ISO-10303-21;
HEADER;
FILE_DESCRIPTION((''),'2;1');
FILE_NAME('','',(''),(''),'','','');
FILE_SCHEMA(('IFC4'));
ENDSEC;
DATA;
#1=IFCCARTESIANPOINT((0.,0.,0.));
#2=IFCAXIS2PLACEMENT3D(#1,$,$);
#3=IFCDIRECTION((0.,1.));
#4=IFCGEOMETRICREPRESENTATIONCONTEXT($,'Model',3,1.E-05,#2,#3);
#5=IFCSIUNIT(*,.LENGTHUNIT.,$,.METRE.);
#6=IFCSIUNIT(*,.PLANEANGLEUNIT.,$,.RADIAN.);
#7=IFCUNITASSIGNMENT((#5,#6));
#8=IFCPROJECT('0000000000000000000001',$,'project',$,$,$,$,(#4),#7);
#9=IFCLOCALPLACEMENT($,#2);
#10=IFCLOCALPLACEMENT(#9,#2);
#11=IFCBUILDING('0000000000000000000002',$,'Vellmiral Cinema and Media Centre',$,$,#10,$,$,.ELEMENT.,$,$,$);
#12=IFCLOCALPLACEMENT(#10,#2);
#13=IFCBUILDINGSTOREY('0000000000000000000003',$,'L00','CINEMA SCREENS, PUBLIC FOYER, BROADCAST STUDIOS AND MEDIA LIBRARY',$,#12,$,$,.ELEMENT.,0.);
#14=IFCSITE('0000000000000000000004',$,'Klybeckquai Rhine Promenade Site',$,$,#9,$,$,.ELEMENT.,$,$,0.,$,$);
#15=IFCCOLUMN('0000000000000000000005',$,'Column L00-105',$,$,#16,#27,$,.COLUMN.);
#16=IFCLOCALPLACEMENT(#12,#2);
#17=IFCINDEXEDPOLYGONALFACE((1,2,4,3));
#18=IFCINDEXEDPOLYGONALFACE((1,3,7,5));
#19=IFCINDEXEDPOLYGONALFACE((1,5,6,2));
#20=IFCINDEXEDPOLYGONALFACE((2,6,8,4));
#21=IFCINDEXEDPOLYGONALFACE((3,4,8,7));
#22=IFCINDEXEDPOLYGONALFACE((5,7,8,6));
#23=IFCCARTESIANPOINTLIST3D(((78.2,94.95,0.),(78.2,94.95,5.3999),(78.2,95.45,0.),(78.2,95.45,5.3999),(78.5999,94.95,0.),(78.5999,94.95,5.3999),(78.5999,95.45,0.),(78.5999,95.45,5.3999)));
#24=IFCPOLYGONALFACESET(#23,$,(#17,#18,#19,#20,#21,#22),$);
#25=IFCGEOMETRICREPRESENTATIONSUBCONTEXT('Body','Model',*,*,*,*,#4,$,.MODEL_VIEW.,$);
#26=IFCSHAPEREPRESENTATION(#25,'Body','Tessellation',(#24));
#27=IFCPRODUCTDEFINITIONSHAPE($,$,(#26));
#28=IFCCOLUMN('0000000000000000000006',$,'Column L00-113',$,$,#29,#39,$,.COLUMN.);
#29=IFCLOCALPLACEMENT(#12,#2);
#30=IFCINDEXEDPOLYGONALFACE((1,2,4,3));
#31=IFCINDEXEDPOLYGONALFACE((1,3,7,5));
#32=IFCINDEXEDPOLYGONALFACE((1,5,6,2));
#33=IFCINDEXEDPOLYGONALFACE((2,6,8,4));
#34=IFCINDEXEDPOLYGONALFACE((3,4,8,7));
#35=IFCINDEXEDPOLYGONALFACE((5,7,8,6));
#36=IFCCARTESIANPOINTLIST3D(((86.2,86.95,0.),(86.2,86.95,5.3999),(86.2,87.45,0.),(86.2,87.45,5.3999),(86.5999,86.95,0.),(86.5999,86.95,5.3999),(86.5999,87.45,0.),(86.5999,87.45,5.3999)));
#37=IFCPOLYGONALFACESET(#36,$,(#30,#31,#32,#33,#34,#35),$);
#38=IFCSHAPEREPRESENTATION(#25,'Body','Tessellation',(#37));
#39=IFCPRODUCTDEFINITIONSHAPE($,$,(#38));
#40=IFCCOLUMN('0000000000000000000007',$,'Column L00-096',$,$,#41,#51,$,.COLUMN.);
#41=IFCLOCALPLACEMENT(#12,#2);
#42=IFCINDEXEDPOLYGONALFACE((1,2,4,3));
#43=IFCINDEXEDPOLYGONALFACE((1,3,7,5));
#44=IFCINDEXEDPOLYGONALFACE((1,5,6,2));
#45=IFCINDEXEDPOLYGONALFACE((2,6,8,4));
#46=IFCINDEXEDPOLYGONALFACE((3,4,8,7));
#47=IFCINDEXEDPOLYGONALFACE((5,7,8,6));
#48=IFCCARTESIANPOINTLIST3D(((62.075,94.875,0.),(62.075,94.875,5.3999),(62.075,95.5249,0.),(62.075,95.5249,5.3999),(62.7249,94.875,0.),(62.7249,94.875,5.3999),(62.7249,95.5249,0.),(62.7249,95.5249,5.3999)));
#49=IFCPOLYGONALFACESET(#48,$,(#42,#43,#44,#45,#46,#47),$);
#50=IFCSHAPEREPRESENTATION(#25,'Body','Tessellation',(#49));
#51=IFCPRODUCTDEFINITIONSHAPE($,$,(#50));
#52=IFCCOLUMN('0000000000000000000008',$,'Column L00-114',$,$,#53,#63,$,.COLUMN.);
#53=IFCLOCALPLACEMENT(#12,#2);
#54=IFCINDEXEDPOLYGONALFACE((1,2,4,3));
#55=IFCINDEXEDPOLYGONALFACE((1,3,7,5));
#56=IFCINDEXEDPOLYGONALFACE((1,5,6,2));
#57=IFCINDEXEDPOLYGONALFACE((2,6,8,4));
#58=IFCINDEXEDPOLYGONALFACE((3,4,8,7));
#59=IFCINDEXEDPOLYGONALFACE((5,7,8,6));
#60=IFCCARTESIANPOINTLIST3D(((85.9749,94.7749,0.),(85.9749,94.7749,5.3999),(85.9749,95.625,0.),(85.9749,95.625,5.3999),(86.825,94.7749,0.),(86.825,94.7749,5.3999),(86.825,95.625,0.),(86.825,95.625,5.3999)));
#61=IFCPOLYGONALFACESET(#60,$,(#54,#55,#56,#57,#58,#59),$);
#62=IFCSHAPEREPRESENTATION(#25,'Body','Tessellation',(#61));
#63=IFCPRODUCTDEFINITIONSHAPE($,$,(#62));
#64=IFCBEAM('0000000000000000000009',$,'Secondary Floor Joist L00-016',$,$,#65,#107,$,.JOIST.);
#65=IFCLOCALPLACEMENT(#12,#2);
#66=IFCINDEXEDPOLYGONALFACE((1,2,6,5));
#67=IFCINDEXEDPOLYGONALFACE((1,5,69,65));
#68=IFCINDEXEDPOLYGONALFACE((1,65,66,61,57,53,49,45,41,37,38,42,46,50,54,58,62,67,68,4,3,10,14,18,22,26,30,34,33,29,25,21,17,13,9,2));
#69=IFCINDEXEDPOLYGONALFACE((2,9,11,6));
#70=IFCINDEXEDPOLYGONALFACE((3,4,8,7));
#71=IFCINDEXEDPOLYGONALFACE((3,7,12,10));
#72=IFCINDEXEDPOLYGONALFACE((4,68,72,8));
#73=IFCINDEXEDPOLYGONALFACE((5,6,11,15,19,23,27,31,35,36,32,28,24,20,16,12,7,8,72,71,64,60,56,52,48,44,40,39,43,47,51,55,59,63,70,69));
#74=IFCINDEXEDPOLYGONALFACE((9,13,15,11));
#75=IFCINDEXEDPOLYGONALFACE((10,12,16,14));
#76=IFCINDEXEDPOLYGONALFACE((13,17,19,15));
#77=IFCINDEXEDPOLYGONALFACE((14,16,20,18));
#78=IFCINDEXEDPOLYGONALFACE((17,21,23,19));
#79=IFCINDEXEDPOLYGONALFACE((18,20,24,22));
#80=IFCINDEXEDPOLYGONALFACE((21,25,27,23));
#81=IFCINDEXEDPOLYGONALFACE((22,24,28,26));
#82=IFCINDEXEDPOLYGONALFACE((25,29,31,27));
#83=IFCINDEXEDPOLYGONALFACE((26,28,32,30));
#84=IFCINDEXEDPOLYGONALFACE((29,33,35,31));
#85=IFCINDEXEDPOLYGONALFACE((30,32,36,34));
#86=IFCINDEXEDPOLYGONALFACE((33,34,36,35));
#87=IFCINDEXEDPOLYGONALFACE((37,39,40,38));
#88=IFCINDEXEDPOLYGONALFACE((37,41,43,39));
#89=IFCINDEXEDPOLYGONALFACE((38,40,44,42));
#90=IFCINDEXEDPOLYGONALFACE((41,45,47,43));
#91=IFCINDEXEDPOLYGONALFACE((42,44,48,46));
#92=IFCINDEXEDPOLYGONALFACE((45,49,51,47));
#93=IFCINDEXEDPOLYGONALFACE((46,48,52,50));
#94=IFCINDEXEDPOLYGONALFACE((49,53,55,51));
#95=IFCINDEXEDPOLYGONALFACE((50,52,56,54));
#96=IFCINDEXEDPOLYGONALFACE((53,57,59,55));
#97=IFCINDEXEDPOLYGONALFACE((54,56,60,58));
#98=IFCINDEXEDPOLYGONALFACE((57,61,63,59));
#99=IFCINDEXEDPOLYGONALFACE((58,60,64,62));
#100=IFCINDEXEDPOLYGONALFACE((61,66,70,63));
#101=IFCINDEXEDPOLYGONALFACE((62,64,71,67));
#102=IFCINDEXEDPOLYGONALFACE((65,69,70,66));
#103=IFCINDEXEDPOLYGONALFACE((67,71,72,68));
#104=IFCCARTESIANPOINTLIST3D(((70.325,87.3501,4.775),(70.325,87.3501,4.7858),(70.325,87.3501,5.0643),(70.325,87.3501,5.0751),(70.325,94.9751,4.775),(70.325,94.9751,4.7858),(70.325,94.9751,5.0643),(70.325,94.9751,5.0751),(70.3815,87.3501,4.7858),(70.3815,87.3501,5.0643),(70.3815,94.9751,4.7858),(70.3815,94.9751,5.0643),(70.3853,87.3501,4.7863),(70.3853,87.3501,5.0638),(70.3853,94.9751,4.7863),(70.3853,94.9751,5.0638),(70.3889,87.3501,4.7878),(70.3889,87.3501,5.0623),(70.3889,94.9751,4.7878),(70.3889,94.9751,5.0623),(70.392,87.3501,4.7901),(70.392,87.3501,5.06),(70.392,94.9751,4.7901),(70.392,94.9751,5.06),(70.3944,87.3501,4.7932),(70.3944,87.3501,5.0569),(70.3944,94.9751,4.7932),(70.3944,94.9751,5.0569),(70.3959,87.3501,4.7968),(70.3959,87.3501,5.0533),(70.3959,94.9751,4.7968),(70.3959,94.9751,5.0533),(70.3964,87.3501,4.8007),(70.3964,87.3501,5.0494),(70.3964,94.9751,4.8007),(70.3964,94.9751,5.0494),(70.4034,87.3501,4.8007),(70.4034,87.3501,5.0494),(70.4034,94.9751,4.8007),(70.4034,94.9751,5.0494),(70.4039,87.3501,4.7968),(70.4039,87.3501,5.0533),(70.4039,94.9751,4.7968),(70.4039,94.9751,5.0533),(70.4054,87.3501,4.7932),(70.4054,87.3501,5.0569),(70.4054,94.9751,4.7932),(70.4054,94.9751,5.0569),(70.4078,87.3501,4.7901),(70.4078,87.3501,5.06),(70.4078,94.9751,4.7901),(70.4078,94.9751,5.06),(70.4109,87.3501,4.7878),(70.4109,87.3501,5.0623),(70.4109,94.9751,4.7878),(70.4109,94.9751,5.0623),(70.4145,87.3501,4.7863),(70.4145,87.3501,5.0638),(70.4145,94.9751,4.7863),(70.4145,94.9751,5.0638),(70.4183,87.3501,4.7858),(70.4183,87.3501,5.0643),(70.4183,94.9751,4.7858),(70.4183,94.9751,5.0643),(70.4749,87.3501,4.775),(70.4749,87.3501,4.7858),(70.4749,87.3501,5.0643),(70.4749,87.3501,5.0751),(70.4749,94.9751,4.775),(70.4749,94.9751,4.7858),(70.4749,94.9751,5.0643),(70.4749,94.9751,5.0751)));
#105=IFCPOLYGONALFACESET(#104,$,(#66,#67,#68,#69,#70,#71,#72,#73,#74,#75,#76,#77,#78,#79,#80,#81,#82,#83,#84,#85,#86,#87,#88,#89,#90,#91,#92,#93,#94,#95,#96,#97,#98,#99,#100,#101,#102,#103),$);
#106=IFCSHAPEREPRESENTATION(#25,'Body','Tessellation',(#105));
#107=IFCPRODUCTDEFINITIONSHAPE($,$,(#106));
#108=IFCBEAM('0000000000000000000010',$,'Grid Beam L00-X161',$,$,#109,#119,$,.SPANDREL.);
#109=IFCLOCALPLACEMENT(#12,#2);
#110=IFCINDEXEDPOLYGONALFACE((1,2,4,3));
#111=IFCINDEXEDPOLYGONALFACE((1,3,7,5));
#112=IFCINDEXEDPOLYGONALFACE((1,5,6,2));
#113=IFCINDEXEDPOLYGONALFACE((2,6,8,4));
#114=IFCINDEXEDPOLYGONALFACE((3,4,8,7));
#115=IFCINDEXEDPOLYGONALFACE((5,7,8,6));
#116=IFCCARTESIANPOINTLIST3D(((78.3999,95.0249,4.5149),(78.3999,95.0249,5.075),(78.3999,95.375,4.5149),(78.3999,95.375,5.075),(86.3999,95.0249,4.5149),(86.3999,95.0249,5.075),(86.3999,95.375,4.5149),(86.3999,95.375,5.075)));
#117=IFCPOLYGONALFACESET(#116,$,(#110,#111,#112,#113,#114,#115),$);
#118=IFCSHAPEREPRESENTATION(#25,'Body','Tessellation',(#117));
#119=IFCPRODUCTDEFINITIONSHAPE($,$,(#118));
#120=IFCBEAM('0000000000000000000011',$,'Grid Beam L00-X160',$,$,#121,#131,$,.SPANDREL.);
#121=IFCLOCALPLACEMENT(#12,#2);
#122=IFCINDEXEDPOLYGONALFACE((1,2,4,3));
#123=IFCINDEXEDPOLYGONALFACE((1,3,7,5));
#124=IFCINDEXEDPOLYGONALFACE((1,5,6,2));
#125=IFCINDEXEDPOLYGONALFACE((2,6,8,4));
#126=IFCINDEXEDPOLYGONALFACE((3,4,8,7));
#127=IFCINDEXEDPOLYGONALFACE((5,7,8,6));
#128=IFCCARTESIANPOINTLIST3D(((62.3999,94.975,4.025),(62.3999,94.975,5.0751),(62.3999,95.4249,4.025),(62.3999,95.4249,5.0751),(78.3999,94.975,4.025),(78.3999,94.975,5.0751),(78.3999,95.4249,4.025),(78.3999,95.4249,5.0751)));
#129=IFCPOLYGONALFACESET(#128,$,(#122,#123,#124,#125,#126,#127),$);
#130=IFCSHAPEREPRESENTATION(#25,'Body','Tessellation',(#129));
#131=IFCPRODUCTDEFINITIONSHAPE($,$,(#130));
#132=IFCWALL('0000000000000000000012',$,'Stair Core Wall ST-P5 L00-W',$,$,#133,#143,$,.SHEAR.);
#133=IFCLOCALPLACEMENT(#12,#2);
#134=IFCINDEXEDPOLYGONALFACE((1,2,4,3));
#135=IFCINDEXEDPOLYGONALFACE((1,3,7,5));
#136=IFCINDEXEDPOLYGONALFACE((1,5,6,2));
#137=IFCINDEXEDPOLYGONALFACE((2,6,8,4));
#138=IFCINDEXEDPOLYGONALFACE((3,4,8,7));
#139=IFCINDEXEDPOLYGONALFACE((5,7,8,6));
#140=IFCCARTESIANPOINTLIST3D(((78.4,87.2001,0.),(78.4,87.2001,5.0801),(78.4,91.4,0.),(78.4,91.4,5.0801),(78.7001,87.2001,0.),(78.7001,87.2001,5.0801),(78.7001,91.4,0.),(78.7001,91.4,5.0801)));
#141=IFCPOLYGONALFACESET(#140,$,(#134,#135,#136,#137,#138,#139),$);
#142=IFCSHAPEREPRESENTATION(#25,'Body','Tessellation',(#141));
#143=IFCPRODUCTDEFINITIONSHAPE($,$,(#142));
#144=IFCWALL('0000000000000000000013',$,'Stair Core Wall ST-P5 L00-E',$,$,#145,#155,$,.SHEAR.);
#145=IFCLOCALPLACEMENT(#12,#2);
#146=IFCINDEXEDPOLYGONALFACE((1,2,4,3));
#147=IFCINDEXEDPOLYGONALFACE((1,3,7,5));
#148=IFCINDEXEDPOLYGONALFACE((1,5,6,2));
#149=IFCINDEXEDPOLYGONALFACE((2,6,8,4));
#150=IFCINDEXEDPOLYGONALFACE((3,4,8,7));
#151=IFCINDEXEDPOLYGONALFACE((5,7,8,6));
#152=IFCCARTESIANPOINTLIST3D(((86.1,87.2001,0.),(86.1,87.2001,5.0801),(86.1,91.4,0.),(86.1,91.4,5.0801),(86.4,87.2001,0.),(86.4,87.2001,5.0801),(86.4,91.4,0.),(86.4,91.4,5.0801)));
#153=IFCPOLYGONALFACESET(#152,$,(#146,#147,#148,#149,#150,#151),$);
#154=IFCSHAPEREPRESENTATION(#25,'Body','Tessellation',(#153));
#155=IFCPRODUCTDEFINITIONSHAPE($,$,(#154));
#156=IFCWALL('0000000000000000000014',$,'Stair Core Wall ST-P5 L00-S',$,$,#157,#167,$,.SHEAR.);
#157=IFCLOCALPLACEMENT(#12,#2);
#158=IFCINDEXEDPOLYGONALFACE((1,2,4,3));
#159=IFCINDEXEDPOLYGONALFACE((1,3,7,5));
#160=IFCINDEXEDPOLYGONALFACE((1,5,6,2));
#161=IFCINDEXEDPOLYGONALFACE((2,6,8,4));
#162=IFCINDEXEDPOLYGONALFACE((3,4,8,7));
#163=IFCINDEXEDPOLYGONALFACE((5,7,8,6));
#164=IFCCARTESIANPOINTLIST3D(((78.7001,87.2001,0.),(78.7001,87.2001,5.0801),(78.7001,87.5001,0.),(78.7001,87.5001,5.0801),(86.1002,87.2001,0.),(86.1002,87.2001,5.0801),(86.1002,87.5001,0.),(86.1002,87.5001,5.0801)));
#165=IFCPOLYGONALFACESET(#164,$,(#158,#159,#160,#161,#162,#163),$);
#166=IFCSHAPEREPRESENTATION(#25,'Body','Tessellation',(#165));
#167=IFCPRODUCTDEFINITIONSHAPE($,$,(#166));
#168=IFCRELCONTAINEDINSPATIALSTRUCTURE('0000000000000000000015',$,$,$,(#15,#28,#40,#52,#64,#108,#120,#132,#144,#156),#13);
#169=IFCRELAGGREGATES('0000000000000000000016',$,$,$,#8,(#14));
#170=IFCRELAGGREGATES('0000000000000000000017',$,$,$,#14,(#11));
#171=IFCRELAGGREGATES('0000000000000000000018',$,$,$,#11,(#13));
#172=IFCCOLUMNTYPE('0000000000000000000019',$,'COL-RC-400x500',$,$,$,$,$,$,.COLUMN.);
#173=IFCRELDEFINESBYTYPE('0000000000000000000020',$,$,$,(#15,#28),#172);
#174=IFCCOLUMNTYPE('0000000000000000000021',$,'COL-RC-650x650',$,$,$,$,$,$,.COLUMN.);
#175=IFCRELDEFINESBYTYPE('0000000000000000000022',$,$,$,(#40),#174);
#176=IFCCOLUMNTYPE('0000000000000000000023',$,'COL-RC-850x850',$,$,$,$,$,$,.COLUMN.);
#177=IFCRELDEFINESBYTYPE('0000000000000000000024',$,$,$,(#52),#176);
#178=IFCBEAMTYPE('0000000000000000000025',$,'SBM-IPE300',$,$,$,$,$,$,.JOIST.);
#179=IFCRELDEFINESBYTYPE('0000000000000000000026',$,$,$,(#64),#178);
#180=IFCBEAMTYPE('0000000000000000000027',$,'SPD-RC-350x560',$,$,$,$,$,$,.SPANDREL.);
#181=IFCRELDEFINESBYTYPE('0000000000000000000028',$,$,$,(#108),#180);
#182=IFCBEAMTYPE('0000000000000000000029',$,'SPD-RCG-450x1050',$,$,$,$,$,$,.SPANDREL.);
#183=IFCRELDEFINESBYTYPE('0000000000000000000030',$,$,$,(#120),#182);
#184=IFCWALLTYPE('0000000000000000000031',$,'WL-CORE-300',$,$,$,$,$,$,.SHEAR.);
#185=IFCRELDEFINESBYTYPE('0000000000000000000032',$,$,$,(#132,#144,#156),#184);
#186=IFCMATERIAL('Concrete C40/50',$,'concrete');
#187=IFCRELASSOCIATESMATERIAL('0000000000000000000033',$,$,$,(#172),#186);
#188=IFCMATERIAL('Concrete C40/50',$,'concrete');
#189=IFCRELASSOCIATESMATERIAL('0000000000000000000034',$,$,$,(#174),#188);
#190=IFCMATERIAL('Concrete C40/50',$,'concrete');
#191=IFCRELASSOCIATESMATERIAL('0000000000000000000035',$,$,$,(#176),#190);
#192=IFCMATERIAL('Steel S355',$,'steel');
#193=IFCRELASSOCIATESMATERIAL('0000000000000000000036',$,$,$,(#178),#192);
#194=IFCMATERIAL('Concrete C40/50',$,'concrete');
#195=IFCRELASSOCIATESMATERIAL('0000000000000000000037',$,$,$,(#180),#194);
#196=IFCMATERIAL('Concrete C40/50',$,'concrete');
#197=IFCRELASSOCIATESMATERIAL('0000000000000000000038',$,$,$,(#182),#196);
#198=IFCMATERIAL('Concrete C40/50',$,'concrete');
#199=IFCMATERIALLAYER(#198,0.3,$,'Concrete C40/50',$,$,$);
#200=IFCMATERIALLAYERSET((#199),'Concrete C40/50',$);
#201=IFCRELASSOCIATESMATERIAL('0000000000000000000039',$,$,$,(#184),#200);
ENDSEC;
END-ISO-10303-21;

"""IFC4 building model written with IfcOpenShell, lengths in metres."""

from ifc_helpers import new_model, si_unit, direction, frame, frame_2d, origin, origin_2d, place, context, subcontext, project, spatial, rectangle, i_section, extrude, material, layer, layer_set, material_profile, profile_set, type_object, element, save


model = new_model("IFC4")

# Units and contexts
model_context = context("Model", 3, precision=1e-05, world=origin(), true_north=direction((0.0, 1.0)))
body_context = subcontext(model_context, "Body", "Model", "MODEL_VIEW")
ifc_project = project(units=[si_unit("LENGTHUNIT", "METRE"), si_unit("PLANEANGLEUNIT", "RADIAN")], contexts=[model_context])

# Site, building, storey
site_placement = place(None, origin())
site = spatial("IfcSite", under=ifc_project, at=site_placement, Name="Klybeckquai Rhine Promenade Site", CompositionType="ELEMENT", RefElevation=0.0)
building_placement = place(site_placement, origin())
building = spatial("IfcBuilding", under=site, at=building_placement, Name="Vellmiral Cinema and Media Centre", CompositionType="ELEMENT")
storey_placement = place(building_placement, origin())
storey = spatial("IfcBuildingStorey", under=building, at=storey_placement, Name="L00", Description="CINEMA SCREENS, PUBLIC FOYER, BROADCAST STUDIOS AND MEDIA LIBRARY", CompositionType="ELEMENT", Elevation=0.0)

# Columns
ifc_material_1 = material(Name="Concrete C40/50", Category="concrete")
ifc_material_profile_1 = material_profile(ifc_material_1, rectangle(XDim=0.3999, YDim=0.5, at=origin_2d()), Name="RC 400x500")
ifc_profile_set_1 = profile_set([ifc_material_profile_1], Name="Concrete C40/50")
column_type_1 = type_object("IfcColumnType", Name="COL-RC-400x500", PredefinedType="COLUMN", material=ifc_profile_set_1)
for number, where, z_axis, x_axis, name in (
    (1, (78.3999, 95.2, 0.0), (0.0, 0.0, 1.0), (1.0, 0.0, 0.0), "Column L00-105"),
    (2, (86.3999, 87.2, 0.0), (0.0, 0.0, 1.0), (1.0, 0.0, 0.0), "Column L00-113"),
):
    element("IfcColumn", number, at=place(storey_placement, frame(where, z_axis=z_axis, x_axis=x_axis)), inside=storey, type_object=column_type_1, Name=name, PredefinedType="COLUMN", context=body_context, shape_type="SweptSolid", body=[
        extrude(rectangle(XDim=0.3999, YDim=0.5, at=origin_2d()), origin(), (0.0, 0.0, 1.0), 5.3999),
    ])
ifc_material_2 = material(Name="Concrete C40/50", Category="concrete")
ifc_material_profile_2 = material_profile(ifc_material_2, rectangle(XDim=0.6499, YDim=0.6499, at=origin_2d()), Name="RC 650x650")
ifc_profile_set_2 = profile_set([ifc_material_profile_2], Name="Concrete C40/50")
column_type_2 = type_object("IfcColumnType", Name="COL-RC-650x650", PredefinedType="COLUMN", material=ifc_profile_set_2)
column_1_placement = place(storey_placement, frame((62.3999, 95.2, 0.0), z_axis=(0.0, 0.0, 1.0), x_axis=(1.0, 0.0, 0.0)))
element("IfcColumn", 3, at=column_1_placement, inside=storey, type_object=column_type_2, Name="Column L00-096", PredefinedType="COLUMN", context=body_context, shape_type="SweptSolid", body=[
    extrude(rectangle(XDim=0.6499, YDim=0.6499, at=origin_2d()), origin(), (0.0, 0.0, 1.0), 5.3999),
])
ifc_material_3 = material(Name="Concrete C40/50", Category="concrete")
ifc_material_profile_3 = material_profile(ifc_material_3, rectangle(XDim=0.8501, YDim=0.8501, at=origin_2d()), Name="RC 850x850")
ifc_profile_set_3 = profile_set([ifc_material_profile_3], Name="Concrete C40/50")
column_type_3 = type_object("IfcColumnType", Name="COL-RC-850x850", PredefinedType="COLUMN", material=ifc_profile_set_3)
column_2_placement = place(storey_placement, frame((86.3999, 95.2, 0.0), z_axis=(0.0, 0.0, 1.0), x_axis=(1.0, 0.0, 0.0)))
element("IfcColumn", 4, at=column_2_placement, inside=storey, type_object=column_type_3, Name="Column L00-114", PredefinedType="COLUMN", context=body_context, shape_type="SweptSolid", body=[
    extrude(rectangle(XDim=0.8501, YDim=0.8501, at=origin_2d()), origin(), (0.0, 0.0, 1.0), 5.3999),
])

# Beams
ifc_material_4 = material(Name="Steel S355", Category="steel")
ifc_material_profile_4 = material_profile(ifc_material_4, i_section(OverallWidth=0.1499, OverallDepth=0.3, WebThickness=0.0071, FlangeThickness=0.0107, FilletRadius=0.0149, at=origin_2d()), Name="IPE 300")
ifc_profile_set_4 = profile_set([ifc_material_profile_4], Name="Steel S355")
beam_type_1 = type_object("IfcBeamType", Name="SBM-IPE300", PredefinedType="JOIST", material=ifc_profile_set_4)
beam_1_placement = place(storey_placement, frame((70.3999, 87.3501, 4.925), z_axis=(0.0, 1.0, 0.0), x_axis=(-1.0, 0.0, 0.0)))
element("IfcBeam", 5, at=beam_1_placement, inside=storey, type_object=beam_type_1, Name="Secondary Floor Joist L00-016", PredefinedType="JOIST", context=body_context, shape_type="SweptSolid", body=[
    extrude(i_section(OverallWidth=0.1499, OverallDepth=0.3, WebThickness=0.0071, FlangeThickness=0.0107, FilletRadius=0.0149, at=origin_2d()), origin(), (0.0, 0.0, 1.0), 7.625),
])
ifc_material_5 = material(Name="Concrete C40/50", Category="concrete")
ifc_material_profile_5 = material_profile(ifc_material_5, rectangle(XDim=0.3501, YDim=0.5601, at=origin_2d()), Name="RC 350x560")
ifc_profile_set_5 = profile_set([ifc_material_profile_5], Name="Concrete C40/50")
beam_type_2 = type_object("IfcBeamType", Name="SPD-RC-350x560", PredefinedType="SPANDREL", material=ifc_profile_set_5)
beam_2_placement = place(storey_placement, frame((78.3999, 95.2, 4.7949), z_axis=(1.0, 0.0, 0.0), x_axis=(0.0, 1.0, 0.0)))
element("IfcBeam", 6, at=beam_2_placement, inside=storey, type_object=beam_type_2, Name="Grid Beam L00-X161", PredefinedType="SPANDREL", context=body_context, shape_type="SweptSolid", body=[
    extrude(rectangle(XDim=0.3501, YDim=0.5601, at=origin_2d()), origin(), (0.0, 0.0, 1.0), 8.0),
])
ifc_material_6 = material(Name="Concrete C40/50", Category="concrete")
ifc_material_profile_6 = material_profile(ifc_material_6, rectangle(XDim=0.45, YDim=1.05, at=origin_2d()), Name="RC 450x1050")
ifc_profile_set_6 = profile_set([ifc_material_profile_6], Name="Concrete C40/50")
beam_type_3 = type_object("IfcBeamType", Name="SPD-RCG-450x1050", PredefinedType="SPANDREL", material=ifc_profile_set_6)
beam_3_placement = place(storey_placement, frame((62.3999, 95.2, 4.55), z_axis=(1.0, 0.0, 0.0), x_axis=(0.0, 1.0, 0.0)))
element("IfcBeam", 7, at=beam_3_placement, inside=storey, type_object=beam_type_3, Name="Grid Beam L00-X160", PredefinedType="SPANDREL", context=body_context, shape_type="SweptSolid", body=[
    extrude(rectangle(XDim=0.45, YDim=1.05, at=origin_2d()), origin(), (0.0, 0.0, 1.0), 16.0),
])

# Walls
ifc_material_7 = material(Name="Concrete C40/50", Category="concrete")
ifc_layer_1 = layer(ifc_material_7, 0.3, Name="Concrete C40/50")
ifc_layer_set_1 = layer_set([ifc_layer_1], Name="Concrete C40/50")
wall_type_1 = type_object("IfcWallType", Name="WL-CORE-300", PredefinedType="SHEAR", material=ifc_layer_set_1)
for number, where, z_axis, x_axis, name in (
    (8, (78.55, 87.2, 0.0), (0.0, 0.0, 1.0), (0.0, 1.0, 0.0), "Stair Core Wall ST-P5 L00-W"),
    (9, (86.25, 87.2, 0.0), (0.0, 0.0, 1.0), (0.0, 1.0, 0.0), "Stair Core Wall ST-P5 L00-E"),
):
    element("IfcWall", number, at=place(storey_placement, frame(where, z_axis=z_axis, x_axis=x_axis)), inside=storey, type_object=wall_type_1, Name=name, PredefinedType="SHEAR", context=body_context, shape_type="SweptSolid", body=[
        extrude(rectangle(XDim=4.2, YDim=0.3, at=frame_2d((2.1001, 0.0))), origin(), (0.0, 0.0, 1.0), 5.0801),
    ])
wall_1_placement = place(storey_placement, frame((78.7, 87.3501, 0.0), z_axis=(0.0, 0.0, 1.0), x_axis=(1.0, 0.0, 0.0)))
element("IfcWall", 10, at=wall_1_placement, inside=storey, type_object=wall_type_1, Name="Stair Core Wall ST-P5 L00-S", PredefinedType="SHEAR", context=body_context, shape_type="SweptSolid", body=[
    extrude(rectangle(XDim=7.4001, YDim=0.3, at=frame_2d((3.7002, 0.0))), origin(), (0.0, 0.0, 1.0), 5.0801),
])

save(model, "model.ifc")
